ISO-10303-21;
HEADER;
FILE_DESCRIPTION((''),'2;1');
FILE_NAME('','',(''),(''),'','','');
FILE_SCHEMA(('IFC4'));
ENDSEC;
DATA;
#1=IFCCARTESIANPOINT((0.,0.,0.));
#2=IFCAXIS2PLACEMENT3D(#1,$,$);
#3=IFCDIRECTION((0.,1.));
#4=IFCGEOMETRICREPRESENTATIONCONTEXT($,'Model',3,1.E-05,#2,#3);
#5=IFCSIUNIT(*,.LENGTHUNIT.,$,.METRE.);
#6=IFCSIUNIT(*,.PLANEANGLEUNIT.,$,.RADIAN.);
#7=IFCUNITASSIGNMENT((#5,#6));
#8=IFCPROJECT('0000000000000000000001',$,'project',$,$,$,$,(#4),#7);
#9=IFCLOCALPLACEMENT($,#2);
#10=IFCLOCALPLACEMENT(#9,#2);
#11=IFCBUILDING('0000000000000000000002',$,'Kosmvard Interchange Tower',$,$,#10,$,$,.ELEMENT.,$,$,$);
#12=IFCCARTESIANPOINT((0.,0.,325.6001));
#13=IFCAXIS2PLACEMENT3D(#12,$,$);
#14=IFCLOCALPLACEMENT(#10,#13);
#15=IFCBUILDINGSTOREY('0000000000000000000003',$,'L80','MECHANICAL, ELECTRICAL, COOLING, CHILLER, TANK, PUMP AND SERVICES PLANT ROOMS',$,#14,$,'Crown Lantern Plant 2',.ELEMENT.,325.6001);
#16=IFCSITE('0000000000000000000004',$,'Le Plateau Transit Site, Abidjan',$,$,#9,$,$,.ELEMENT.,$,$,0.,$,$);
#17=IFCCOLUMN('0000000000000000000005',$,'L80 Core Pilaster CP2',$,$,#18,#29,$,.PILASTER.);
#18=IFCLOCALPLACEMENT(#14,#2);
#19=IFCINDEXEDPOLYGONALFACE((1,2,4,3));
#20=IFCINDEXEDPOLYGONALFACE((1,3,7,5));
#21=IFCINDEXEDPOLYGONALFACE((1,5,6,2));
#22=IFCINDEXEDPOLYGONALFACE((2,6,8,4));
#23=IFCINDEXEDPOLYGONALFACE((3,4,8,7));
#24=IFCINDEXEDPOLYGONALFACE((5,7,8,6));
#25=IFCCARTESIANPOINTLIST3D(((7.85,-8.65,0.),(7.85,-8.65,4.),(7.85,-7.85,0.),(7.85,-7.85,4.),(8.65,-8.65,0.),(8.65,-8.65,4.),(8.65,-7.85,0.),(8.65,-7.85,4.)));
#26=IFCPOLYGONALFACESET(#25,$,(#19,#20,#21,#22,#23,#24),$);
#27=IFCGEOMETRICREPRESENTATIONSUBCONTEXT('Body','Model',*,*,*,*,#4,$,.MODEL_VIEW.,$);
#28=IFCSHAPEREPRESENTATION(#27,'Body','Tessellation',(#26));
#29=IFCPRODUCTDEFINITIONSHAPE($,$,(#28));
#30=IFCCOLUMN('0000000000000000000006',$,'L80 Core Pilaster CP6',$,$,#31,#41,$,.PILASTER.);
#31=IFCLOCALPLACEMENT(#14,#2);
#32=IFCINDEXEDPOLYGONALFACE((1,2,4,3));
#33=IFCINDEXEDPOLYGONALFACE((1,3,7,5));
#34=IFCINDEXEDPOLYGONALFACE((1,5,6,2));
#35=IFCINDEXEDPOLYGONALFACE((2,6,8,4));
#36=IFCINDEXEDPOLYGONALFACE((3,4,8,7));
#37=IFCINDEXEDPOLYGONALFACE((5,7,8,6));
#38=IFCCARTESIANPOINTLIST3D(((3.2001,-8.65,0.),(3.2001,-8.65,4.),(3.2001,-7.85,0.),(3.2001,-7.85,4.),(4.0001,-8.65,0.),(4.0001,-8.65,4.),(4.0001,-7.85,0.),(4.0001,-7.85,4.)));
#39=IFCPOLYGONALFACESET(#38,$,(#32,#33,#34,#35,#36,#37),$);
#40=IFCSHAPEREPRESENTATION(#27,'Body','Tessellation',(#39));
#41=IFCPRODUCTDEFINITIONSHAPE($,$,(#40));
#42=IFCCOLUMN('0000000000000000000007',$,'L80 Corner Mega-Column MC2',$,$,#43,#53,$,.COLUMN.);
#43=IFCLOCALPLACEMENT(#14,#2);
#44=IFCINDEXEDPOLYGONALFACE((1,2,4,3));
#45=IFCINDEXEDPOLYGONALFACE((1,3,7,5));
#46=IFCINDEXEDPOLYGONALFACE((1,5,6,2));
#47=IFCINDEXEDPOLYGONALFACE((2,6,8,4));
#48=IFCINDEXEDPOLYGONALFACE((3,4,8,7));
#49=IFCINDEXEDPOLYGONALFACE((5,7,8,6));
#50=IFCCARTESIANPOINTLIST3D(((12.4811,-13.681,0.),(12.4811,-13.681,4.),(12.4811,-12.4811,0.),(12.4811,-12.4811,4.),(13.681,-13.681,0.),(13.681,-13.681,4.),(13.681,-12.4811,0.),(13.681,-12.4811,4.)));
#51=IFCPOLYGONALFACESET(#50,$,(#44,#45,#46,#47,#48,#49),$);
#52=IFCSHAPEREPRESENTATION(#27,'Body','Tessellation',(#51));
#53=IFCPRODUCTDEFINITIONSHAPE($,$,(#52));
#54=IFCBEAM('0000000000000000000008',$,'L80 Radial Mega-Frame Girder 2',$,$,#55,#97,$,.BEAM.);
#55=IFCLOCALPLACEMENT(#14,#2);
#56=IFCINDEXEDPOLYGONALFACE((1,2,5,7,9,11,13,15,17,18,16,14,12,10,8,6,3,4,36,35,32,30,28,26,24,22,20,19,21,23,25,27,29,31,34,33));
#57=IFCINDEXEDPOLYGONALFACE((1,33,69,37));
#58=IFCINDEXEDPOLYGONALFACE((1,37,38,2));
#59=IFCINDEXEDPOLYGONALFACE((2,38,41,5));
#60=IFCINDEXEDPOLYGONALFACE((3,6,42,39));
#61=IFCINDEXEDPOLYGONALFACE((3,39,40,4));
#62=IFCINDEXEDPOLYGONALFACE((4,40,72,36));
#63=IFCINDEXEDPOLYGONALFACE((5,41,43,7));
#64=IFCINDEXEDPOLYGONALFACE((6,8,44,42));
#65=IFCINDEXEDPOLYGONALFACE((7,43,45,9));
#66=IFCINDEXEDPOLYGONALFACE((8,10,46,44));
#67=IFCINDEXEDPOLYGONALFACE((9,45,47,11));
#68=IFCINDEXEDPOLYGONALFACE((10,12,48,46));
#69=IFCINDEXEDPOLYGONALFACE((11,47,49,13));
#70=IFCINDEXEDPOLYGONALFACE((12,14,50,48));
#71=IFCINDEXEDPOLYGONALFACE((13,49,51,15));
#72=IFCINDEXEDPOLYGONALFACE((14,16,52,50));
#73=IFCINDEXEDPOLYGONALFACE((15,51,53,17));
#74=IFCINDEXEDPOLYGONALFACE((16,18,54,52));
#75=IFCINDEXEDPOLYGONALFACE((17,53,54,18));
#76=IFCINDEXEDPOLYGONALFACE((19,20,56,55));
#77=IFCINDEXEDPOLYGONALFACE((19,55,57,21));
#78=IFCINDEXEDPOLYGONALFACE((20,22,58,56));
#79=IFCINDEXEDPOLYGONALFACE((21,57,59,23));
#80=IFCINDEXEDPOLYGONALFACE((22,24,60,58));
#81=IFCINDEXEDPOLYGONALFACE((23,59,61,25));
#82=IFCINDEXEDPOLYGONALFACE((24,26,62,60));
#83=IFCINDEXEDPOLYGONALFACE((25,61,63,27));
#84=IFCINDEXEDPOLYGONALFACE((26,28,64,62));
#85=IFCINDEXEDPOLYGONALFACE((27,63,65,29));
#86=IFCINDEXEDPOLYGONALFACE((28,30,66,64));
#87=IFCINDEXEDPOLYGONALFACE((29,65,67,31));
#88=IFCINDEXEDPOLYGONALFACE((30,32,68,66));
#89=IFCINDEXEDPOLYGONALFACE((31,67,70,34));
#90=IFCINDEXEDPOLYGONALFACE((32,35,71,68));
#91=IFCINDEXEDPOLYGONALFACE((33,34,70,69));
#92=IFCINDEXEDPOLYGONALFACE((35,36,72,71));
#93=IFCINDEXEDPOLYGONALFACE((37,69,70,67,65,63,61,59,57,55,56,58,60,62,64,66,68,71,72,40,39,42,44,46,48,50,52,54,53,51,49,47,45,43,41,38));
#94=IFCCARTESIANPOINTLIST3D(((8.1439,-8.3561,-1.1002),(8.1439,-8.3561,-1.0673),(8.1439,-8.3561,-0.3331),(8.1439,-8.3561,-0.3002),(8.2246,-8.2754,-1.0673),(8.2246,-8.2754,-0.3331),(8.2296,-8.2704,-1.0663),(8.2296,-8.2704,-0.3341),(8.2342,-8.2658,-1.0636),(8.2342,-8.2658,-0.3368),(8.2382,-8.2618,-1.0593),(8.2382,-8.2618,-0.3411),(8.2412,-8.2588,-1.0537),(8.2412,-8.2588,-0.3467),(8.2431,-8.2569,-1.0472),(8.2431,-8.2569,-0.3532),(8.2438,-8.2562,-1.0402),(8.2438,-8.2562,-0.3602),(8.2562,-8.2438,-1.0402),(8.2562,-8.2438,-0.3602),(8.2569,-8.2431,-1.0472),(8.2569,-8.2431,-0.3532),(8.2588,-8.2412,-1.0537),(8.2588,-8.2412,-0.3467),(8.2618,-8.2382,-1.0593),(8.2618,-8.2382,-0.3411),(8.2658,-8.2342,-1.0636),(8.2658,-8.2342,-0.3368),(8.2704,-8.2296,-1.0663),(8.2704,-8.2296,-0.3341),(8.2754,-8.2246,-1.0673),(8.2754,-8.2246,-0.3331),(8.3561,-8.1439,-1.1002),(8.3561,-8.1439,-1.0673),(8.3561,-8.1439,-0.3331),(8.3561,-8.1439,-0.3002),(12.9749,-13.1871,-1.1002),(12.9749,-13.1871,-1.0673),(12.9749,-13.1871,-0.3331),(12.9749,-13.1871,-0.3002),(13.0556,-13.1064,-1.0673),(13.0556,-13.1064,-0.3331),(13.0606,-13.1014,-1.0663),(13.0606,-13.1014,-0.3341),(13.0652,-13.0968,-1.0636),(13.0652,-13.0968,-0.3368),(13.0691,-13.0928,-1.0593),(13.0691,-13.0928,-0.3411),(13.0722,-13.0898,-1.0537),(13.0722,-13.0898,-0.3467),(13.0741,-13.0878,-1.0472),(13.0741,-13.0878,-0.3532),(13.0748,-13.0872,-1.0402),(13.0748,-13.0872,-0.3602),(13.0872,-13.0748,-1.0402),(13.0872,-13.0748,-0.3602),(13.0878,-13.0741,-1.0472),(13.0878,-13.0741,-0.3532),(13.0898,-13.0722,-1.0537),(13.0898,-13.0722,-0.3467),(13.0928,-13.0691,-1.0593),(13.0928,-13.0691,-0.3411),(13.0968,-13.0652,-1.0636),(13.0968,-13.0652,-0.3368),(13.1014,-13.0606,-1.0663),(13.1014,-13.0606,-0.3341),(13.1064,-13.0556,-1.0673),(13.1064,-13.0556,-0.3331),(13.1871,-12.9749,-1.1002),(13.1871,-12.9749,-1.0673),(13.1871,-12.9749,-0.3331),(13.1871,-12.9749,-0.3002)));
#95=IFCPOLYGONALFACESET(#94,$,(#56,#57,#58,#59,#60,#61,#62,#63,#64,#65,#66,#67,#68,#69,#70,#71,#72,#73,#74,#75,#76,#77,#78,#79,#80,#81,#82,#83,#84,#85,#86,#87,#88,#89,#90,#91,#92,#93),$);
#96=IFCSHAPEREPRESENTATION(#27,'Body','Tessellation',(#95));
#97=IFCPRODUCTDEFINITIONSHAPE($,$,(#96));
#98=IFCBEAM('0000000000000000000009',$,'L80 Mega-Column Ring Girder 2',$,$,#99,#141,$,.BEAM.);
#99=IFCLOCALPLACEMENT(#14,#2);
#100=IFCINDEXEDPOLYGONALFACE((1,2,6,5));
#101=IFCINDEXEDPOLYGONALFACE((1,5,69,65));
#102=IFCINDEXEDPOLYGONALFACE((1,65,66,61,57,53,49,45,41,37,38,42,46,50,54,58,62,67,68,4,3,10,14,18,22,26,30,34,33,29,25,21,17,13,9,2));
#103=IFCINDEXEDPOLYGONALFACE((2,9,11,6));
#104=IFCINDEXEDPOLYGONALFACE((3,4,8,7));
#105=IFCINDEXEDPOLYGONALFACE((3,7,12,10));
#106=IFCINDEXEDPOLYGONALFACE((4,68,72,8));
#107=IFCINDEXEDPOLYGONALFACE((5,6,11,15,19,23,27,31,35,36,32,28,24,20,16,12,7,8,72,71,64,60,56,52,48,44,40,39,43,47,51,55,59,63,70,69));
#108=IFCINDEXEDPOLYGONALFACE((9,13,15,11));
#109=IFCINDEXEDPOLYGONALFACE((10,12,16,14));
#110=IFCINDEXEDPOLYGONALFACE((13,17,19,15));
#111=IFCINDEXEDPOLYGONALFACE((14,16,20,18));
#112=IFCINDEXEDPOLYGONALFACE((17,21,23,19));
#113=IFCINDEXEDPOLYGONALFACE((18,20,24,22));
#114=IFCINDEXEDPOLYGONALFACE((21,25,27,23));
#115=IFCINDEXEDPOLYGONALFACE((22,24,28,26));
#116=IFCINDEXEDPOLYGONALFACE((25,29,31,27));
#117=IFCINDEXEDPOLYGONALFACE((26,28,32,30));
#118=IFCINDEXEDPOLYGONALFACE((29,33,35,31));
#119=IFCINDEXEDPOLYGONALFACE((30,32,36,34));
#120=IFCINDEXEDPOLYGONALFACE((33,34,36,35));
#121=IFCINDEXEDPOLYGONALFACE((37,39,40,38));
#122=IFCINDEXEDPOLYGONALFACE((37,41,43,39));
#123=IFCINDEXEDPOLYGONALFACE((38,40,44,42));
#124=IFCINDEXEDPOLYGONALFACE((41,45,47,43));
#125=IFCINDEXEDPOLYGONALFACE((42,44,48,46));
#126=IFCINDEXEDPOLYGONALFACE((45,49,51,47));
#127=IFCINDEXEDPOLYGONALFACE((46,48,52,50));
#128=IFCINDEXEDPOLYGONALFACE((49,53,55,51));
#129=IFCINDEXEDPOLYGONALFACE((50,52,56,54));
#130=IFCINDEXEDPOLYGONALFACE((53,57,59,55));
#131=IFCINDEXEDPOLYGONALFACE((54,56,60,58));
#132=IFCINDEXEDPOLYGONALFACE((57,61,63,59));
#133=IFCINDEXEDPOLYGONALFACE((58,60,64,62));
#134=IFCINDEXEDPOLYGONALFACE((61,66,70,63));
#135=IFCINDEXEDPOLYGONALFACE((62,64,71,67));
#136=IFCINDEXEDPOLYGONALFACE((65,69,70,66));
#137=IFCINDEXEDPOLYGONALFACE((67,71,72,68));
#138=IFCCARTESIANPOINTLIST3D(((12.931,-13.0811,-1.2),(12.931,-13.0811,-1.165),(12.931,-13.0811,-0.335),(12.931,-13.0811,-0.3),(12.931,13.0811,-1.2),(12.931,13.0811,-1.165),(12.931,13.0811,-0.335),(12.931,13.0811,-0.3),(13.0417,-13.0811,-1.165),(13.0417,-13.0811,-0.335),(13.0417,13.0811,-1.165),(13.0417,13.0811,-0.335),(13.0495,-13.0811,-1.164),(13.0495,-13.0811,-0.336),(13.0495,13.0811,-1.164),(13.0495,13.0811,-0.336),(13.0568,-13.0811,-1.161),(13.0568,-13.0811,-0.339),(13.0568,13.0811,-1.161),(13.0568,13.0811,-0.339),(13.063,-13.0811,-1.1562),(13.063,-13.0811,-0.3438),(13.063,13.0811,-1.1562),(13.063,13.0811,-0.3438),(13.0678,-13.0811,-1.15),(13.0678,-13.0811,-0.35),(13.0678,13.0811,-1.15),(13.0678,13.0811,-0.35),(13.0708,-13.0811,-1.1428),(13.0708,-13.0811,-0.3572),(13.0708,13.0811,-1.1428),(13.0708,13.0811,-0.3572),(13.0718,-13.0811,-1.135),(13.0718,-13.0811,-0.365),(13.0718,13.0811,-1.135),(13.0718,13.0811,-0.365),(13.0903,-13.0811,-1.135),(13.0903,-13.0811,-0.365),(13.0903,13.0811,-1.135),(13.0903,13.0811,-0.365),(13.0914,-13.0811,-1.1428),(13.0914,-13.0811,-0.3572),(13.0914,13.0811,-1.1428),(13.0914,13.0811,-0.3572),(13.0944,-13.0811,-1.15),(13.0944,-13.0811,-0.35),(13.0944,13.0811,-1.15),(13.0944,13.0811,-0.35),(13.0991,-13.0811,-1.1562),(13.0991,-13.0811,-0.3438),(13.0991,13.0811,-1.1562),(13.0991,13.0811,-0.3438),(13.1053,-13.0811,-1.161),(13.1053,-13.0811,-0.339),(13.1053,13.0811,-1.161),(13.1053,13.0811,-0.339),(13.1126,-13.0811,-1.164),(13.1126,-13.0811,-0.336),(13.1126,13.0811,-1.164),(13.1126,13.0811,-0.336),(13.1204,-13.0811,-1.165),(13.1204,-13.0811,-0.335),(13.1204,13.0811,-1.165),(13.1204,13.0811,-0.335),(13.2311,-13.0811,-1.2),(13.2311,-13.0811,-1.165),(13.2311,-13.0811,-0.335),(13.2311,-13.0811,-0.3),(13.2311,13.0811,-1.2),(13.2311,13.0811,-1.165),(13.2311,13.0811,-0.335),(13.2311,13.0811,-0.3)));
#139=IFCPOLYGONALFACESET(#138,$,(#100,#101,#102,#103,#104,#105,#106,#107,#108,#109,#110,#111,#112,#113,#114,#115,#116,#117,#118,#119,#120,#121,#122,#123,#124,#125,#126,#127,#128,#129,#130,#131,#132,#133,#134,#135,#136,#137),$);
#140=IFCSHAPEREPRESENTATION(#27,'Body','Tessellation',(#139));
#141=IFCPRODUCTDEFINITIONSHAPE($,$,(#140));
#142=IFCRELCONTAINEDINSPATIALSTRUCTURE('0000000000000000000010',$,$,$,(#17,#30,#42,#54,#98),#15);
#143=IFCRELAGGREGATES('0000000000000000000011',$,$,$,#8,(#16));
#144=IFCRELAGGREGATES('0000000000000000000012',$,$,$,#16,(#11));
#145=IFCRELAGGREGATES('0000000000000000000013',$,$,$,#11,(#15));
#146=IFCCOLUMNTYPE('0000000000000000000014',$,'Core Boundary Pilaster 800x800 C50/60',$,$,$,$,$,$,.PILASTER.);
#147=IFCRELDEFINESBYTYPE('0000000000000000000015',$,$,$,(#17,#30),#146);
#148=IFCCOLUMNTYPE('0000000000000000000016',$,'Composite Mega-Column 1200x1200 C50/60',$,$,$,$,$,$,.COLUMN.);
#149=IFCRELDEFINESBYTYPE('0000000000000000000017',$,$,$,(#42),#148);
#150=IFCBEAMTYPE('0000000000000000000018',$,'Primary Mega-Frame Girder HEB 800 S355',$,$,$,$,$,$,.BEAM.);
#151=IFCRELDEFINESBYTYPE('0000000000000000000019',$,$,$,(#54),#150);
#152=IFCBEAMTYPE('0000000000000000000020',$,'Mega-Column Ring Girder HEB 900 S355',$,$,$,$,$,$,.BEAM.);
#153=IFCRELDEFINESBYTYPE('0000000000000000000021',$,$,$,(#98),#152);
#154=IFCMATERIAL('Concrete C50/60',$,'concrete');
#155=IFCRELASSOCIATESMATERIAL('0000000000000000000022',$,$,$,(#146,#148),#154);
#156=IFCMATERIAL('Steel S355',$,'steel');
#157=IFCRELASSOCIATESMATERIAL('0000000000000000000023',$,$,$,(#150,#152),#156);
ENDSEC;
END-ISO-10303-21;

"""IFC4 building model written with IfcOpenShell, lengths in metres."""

from ifc_helpers import new_model, si_unit, direction, frame, origin, origin_2d, place, context, subcontext, project, spatial, rectangle, i_section, extrude, source, transform, mapped, material, material_profile, profile_set, type_object, element, save


model = new_model("IFC4")

# Units and contexts
model_context = context("Model", 3, precision=1e-05, world=origin(), true_north=direction((0.0, 1.0)))
body_context = subcontext(model_context, "Body", "Model", "MODEL_VIEW")
ifc_project = project(units=[si_unit("LENGTHUNIT", "METRE"), si_unit("PLANEANGLEUNIT", "RADIAN")], contexts=[model_context])

# Site, building, storey
site_placement = place(None, origin())
site = spatial("IfcSite", under=ifc_project, at=site_placement, Name="Le Plateau Transit Site, Abidjan", CompositionType="ELEMENT", RefElevation=0.0)
building_placement = place(site_placement, origin())
building = spatial("IfcBuilding", under=site, at=building_placement, Name="Kosmvard Interchange Tower", CompositionType="ELEMENT")
storey_placement = place(building_placement, frame((0.0, 0.0, 325.6001)))
storey = spatial("IfcBuildingStorey", under=building, at=storey_placement, Name="L80", Description="MECHANICAL, ELECTRICAL, COOLING, CHILLER, TANK, PUMP AND SERVICES PLANT ROOMS", LongName="Crown Lantern Plant 2", CompositionType="ELEMENT", Elevation=325.6001)

# Columns
ifc_material_1 = material(Name="Concrete C50/60", Category="concrete")
ifc_material_profile_1 = material_profile(ifc_material_1, rectangle(XDim=0.8, YDim=0.8, at=origin_2d()), Name="CP 800x800")
ifc_profile_set_1 = profile_set([ifc_material_profile_1], Name="Concrete C50/60")
column_type_1 = type_object("IfcColumnType", Name="Core Boundary Pilaster 800x800 C50/60", PredefinedType="PILASTER", material=ifc_profile_set_1)
shared_shape_1 = source(origin(), body_context, "Body", "SweptSolid", [
    extrude(rectangle(XDim=0.8, YDim=0.8, at=origin_2d()), origin(), (0.0, 0.0, 1.0), 4.0),
])
for number, where, z_axis, x_axis, name in (
    (1, (8.25, -8.25, 0.0), (0.0, 0.0, 1.0), (1.0, 0.0, 0.0), "L80 Core Pilaster CP2"),
    (2, (3.6001, -8.25, 0.0), (0.0, 0.0, 1.0), (1.0, 0.0, 0.0), "L80 Core Pilaster CP6"),
):
    element("IfcColumn", number, at=place(storey_placement, frame(where, z_axis=z_axis, x_axis=x_axis)), inside=storey, type_object=column_type_1, Name=name, PredefinedType="PILASTER", context=body_context, shape_type="MappedRepresentation", body=[
        mapped(shared_shape_1, transform((0.0, 0.0, 0.0), scale=1.0)),
    ])
ifc_material_profile_2 = material_profile(ifc_material_1, rectangle(XDim=1.2, YDim=1.2, at=origin_2d()), Name="MC 1200x1200")
ifc_profile_set_2 = profile_set([ifc_material_profile_2], Name="Concrete C50/60")
column_type_2 = type_object("IfcColumnType", Name="Composite Mega-Column 1200x1200 C50/60", PredefinedType="COLUMN", material=ifc_profile_set_2)
shared_shape_2 = source(origin(), body_context, "Body", "SweptSolid", [
    extrude(rectangle(XDim=1.2, YDim=1.2, at=origin_2d()), origin(), (0.0, 0.0, 1.0), 4.0),
])
column_placement = place(storey_placement, frame((13.0811, -13.0811, 0.0), z_axis=(0.0, 0.0, 1.0), x_axis=(1.0, 0.0, 0.0)))
element("IfcColumn", 3, at=column_placement, inside=storey, type_object=column_type_2, Name="L80 Corner Mega-Column MC2", PredefinedType="COLUMN", context=body_context, shape_type="MappedRepresentation", body=[
    mapped(shared_shape_2, transform((0.0, 0.0, 0.0), scale=1.0)),
])

# Beams
ifc_material_2 = material(Name="Steel S355", Category="steel")
ifc_material_profile_3 = material_profile(ifc_material_2, i_section(OverallWidth=0.3, OverallDepth=0.8, WebThickness=0.0176, FlangeThickness=0.033, FilletRadius=0.0271, at=origin_2d()), Name="HEB 800")
ifc_profile_set_3 = profile_set([ifc_material_profile_3], Name="Steel S355")
beam_type_1 = type_object("IfcBeamType", Name="Primary Mega-Frame Girder HEB 800 S355", PredefinedType="BEAM", material=ifc_profile_set_3)
shared_shape_3 = source(origin(), body_context, "Body", "SweptSolid", [
    extrude(i_section(OverallWidth=0.3, OverallDepth=0.8, WebThickness=0.0176, FlangeThickness=0.033, FilletRadius=0.0271, at=origin_2d()), origin(), (0.0, 0.0, 1.0), 6.832),
])
beam_1_placement = place(storey_placement, frame((8.25, -8.25, -0.7002), z_axis=(0.707107, -0.707107, 0.0), x_axis=(0.707107, 0.707107, 0.0)))
element("IfcBeam", 4, at=beam_1_placement, inside=storey, type_object=beam_type_1, Name="L80 Radial Mega-Frame Girder 2", PredefinedType="BEAM", context=body_context, shape_type="MappedRepresentation", body=[
    mapped(shared_shape_3, transform((0.0, 0.0, 0.0), scale=1.0)),
])
ifc_material_profile_4 = material_profile(ifc_material_2, i_section(OverallWidth=0.3, OverallDepth=0.8999, WebThickness=0.0186, FlangeThickness=0.0349, FilletRadius=0.03, at=origin_2d()), Name="HEB 900")
ifc_profile_set_4 = profile_set([ifc_material_profile_4], Name="Steel S355")
beam_type_2 = type_object("IfcBeamType", Name="Mega-Column Ring Girder HEB 900 S355", PredefinedType="BEAM", material=ifc_profile_set_4)
shared_shape_4 = source(origin(), body_context, "Body", "SweptSolid", [
    extrude(i_section(OverallWidth=0.3, OverallDepth=0.8999, WebThickness=0.0186, FlangeThickness=0.0349, FilletRadius=0.03, at=origin_2d()), origin(), (0.0, 0.0, 1.0), 26.1621),
])
beam_2_placement = place(storey_placement, frame((13.0811, -13.0811, -0.75), z_axis=(0.0, 1.0, 0.0), x_axis=(-1.0, 0.0, 0.0)))
element("IfcBeam", 5, at=beam_2_placement, inside=storey, type_object=beam_type_2, Name="L80 Mega-Column Ring Girder 2", PredefinedType="BEAM", context=body_context, shape_type="MappedRepresentation", body=[
    mapped(shared_shape_4, transform((0.0, 0.0, 0.0), scale=1.0)),
])

save(model, "model.ifc")
